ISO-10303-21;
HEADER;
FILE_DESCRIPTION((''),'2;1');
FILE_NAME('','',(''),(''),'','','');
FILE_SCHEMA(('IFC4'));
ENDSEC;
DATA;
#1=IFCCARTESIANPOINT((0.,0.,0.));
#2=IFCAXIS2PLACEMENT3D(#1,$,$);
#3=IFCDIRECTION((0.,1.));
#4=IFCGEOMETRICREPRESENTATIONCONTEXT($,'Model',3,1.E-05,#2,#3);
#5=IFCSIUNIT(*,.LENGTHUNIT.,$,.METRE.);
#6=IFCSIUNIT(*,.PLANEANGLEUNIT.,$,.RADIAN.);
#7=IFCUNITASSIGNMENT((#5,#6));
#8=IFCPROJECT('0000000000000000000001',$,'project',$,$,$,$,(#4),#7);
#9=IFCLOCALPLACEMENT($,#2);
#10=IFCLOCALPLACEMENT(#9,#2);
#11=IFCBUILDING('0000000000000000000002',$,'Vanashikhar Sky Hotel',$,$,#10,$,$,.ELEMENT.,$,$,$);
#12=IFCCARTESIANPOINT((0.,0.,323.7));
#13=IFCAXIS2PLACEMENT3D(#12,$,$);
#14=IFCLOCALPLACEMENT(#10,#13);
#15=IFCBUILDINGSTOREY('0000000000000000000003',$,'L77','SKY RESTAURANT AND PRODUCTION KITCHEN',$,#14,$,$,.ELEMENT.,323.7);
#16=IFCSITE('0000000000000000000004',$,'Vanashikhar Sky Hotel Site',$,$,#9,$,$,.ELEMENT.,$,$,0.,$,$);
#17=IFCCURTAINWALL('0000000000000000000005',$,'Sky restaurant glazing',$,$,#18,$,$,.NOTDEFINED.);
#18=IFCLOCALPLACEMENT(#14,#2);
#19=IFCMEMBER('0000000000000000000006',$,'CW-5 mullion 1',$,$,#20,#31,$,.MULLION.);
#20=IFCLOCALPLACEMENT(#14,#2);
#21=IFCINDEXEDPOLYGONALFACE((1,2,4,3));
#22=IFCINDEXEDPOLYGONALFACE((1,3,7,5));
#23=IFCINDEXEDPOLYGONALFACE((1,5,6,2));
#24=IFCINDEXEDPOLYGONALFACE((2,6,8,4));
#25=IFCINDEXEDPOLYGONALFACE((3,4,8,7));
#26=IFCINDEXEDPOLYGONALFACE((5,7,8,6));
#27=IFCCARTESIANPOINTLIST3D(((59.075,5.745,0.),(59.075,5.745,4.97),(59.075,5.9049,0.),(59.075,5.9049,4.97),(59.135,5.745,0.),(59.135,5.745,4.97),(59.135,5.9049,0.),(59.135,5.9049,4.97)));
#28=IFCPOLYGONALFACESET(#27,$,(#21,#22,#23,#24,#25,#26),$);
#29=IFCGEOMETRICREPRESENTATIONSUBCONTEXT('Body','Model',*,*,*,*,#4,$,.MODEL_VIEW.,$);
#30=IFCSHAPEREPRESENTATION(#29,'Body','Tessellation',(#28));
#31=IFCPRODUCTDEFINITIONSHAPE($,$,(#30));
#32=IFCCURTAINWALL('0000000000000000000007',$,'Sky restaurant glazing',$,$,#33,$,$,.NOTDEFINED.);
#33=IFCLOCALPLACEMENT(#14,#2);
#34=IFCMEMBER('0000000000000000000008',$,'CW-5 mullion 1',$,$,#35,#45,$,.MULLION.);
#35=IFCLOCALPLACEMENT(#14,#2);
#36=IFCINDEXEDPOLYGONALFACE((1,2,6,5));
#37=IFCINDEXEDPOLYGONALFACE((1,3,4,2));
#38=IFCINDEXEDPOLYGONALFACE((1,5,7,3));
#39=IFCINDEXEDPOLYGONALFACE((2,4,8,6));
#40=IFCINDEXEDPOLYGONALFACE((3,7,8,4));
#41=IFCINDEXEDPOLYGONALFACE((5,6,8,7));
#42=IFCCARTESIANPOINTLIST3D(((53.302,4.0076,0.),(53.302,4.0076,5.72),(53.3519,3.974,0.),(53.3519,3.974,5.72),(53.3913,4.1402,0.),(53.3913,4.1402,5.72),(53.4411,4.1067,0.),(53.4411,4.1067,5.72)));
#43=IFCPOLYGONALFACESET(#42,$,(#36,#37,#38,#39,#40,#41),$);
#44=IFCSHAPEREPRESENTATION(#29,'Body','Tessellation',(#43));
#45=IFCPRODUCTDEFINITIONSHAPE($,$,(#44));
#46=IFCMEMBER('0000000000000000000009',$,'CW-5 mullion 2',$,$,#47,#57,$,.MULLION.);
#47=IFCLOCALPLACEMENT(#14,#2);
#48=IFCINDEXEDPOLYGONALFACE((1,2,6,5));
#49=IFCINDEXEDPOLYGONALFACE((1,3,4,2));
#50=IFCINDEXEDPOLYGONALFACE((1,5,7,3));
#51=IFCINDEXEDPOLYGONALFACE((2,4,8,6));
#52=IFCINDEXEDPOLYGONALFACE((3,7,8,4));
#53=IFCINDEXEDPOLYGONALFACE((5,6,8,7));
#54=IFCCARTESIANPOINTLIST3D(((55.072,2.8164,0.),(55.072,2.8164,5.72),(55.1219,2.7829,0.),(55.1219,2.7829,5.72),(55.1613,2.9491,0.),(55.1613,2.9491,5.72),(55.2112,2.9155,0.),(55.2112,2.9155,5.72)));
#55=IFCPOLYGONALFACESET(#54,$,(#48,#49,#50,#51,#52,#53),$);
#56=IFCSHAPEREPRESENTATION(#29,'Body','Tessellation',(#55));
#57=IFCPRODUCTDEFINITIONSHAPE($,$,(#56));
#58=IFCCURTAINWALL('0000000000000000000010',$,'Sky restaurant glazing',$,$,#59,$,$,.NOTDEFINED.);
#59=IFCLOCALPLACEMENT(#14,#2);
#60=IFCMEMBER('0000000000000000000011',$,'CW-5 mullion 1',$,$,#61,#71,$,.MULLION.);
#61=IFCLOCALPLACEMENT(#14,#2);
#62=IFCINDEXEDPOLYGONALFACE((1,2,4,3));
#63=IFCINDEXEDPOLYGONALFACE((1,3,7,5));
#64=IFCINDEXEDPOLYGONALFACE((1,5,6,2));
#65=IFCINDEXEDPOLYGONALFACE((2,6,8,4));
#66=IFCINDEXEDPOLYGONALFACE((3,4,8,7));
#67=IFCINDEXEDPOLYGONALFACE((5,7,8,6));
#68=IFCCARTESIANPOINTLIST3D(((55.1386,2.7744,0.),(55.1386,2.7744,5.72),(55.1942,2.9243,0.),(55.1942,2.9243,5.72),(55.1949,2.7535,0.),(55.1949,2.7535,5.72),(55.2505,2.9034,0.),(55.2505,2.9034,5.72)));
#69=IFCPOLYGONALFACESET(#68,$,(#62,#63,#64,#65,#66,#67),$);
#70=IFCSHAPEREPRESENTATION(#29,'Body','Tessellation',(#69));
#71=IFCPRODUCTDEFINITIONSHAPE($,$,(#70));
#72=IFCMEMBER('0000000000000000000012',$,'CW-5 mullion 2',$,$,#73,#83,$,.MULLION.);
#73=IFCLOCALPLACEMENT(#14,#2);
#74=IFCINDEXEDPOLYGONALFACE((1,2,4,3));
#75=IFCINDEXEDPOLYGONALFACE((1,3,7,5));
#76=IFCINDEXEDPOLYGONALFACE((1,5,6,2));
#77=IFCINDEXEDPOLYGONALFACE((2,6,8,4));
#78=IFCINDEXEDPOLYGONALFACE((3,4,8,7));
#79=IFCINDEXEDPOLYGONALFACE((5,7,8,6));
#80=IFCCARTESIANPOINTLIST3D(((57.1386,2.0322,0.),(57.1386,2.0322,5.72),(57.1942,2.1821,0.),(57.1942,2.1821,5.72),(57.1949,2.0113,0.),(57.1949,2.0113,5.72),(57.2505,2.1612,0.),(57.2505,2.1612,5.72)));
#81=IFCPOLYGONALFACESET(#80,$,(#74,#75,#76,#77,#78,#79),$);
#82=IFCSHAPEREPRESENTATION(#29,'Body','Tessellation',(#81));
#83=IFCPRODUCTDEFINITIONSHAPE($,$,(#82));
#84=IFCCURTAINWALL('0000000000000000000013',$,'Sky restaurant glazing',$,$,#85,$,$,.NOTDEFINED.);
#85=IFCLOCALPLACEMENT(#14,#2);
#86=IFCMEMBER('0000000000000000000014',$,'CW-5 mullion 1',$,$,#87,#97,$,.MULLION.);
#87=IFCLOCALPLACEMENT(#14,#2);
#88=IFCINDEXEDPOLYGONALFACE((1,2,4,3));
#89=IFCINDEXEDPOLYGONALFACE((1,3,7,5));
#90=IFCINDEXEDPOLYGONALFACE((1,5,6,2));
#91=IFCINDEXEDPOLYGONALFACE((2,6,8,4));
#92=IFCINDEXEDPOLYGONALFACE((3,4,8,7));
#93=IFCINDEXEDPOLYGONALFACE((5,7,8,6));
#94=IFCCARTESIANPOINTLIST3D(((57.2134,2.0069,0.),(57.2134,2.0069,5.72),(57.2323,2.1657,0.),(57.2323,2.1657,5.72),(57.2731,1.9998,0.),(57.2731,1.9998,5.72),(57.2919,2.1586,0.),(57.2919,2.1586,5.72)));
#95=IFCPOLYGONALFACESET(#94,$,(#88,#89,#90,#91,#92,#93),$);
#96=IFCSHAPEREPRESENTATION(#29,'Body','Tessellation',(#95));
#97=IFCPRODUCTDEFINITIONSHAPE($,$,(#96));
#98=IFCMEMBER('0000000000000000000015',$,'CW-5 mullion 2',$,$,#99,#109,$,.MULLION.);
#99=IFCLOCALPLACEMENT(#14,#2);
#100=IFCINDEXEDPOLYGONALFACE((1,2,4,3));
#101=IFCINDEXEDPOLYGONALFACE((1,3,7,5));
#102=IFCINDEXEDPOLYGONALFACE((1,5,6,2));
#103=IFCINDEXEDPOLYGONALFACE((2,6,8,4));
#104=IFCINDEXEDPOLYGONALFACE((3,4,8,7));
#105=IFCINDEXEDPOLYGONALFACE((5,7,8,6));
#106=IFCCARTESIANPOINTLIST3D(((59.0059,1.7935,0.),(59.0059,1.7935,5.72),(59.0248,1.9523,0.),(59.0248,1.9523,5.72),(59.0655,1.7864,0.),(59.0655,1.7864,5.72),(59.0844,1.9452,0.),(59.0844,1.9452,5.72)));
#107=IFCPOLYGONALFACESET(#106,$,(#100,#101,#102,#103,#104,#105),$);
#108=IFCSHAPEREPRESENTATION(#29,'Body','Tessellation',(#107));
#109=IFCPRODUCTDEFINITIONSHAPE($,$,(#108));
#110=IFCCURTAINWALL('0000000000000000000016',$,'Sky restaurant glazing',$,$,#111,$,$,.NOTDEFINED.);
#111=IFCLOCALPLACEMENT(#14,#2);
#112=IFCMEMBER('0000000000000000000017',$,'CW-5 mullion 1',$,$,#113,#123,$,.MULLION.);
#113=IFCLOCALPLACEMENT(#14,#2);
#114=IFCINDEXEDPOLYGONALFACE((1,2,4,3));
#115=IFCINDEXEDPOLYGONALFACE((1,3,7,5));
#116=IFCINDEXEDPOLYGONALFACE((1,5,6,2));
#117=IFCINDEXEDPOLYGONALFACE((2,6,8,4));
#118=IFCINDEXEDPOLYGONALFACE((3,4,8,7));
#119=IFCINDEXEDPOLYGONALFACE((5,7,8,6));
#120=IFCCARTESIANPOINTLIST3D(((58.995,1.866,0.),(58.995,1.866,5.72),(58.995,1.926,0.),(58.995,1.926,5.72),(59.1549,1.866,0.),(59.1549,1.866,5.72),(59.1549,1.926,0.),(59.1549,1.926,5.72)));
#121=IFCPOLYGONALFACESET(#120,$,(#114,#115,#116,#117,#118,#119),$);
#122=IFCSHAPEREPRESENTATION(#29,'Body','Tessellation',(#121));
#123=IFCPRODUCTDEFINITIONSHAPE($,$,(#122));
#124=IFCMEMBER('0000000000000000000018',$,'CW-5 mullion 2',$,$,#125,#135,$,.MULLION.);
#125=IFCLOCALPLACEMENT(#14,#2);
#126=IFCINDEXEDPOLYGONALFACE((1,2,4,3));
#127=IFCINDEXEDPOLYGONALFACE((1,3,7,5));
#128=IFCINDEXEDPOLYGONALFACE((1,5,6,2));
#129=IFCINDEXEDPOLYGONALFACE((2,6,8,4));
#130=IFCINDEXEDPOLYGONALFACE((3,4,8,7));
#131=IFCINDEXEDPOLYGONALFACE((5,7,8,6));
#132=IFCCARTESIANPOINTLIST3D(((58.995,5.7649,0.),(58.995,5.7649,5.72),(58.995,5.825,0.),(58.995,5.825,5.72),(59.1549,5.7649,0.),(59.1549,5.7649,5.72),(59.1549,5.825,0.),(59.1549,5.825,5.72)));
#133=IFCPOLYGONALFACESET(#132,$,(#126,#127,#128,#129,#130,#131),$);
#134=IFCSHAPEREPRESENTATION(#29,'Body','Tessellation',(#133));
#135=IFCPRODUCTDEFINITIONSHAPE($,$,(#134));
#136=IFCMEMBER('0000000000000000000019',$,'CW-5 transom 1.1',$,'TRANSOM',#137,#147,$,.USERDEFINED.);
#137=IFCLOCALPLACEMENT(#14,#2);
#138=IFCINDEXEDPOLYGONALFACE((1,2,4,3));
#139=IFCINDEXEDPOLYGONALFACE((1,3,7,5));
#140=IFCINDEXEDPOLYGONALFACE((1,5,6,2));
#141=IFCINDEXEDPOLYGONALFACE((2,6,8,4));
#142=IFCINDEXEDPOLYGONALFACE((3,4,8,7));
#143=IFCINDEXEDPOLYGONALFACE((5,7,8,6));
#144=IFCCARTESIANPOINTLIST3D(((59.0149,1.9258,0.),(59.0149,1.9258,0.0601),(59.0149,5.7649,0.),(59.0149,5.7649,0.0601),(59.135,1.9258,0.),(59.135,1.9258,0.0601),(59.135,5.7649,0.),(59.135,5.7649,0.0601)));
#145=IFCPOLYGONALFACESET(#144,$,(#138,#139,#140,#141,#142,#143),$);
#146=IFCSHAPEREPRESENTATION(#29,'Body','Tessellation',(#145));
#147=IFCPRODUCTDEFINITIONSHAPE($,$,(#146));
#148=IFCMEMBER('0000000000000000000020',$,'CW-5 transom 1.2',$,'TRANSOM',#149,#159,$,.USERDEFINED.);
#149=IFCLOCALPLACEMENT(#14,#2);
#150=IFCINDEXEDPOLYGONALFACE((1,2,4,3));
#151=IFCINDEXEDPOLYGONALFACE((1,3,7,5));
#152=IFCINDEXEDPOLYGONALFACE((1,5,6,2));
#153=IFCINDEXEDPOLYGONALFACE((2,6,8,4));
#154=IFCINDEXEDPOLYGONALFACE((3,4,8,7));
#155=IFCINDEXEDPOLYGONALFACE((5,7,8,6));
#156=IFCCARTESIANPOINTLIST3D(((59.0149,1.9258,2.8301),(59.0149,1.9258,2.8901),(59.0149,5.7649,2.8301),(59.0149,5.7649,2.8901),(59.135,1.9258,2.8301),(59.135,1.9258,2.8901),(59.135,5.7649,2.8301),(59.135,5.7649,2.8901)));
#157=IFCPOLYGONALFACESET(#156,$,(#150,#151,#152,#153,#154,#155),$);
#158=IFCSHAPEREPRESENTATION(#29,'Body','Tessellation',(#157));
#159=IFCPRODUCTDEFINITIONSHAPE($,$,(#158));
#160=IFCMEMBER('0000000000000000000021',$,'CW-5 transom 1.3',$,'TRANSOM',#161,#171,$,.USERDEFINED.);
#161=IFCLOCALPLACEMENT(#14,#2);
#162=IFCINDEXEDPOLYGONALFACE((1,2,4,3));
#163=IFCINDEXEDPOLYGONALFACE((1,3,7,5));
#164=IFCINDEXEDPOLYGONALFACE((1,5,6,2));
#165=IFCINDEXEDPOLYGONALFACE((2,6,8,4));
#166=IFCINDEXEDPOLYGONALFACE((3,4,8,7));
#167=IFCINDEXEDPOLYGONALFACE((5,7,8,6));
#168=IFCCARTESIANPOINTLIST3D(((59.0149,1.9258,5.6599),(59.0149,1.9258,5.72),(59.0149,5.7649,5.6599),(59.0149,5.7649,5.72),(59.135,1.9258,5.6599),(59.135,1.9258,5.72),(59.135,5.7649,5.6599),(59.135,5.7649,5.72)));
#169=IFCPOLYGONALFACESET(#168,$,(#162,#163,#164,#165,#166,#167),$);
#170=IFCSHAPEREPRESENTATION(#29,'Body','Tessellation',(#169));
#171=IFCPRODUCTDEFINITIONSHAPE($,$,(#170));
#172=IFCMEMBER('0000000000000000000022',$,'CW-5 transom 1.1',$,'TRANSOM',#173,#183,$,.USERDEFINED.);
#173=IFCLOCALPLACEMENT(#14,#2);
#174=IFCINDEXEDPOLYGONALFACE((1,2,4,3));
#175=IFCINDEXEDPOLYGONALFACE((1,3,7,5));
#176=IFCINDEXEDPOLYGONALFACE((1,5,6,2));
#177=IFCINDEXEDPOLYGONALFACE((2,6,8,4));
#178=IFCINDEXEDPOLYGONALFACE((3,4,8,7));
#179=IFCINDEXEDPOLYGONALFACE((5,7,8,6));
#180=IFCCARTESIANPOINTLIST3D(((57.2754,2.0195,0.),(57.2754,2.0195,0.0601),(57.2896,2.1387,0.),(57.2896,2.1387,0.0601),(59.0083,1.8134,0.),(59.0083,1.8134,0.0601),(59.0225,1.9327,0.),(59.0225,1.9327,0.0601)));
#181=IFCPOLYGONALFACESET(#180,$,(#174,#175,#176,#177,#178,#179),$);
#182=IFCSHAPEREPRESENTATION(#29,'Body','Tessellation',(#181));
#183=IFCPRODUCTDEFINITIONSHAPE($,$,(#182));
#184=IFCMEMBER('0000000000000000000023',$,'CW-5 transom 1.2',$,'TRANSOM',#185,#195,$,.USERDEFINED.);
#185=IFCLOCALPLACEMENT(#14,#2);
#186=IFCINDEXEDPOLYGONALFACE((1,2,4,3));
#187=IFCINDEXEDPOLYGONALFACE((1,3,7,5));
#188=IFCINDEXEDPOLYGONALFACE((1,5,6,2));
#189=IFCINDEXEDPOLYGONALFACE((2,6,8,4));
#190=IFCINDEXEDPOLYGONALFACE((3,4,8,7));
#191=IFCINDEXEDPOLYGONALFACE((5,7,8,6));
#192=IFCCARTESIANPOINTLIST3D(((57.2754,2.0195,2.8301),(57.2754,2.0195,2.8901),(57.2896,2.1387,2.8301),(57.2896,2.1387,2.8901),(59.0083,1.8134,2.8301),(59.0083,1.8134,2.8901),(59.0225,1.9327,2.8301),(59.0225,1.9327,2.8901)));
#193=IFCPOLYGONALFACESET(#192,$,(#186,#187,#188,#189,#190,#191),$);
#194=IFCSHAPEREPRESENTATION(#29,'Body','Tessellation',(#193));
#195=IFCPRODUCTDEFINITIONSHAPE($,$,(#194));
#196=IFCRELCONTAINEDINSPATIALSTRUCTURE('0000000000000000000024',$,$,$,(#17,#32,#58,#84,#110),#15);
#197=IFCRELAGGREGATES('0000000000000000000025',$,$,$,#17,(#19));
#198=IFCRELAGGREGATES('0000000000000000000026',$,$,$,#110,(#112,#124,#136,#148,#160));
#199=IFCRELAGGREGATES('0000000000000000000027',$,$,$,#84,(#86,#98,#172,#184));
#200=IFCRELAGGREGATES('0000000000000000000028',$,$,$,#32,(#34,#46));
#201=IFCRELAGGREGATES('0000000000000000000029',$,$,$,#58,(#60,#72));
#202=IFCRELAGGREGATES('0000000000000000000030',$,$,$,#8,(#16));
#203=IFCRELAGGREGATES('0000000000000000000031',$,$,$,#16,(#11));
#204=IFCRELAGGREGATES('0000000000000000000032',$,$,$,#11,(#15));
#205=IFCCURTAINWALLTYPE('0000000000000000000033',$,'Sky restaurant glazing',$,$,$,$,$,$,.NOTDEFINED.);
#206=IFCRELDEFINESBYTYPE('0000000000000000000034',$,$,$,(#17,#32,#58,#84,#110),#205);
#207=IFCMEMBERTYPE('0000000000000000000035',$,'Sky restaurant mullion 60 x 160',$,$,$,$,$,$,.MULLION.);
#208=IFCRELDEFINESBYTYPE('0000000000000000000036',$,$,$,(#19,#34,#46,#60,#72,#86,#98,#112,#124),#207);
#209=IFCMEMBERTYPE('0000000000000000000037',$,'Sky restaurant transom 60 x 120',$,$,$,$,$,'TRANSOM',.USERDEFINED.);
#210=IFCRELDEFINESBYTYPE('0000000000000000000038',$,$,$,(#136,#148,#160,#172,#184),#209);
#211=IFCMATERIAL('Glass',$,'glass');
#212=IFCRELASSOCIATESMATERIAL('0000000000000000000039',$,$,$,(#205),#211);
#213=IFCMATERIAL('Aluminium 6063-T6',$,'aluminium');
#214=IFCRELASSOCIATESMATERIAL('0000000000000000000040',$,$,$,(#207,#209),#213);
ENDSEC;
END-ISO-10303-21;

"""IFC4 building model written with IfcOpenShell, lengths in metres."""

from ifc_helpers import new_model, si_unit, direction, frame, origin, origin_2d, place, context, subcontext, project, spatial, rectangle, extrude, source, transform, mapped, material, material_profile, profile_set, type_object, element, aggregate, save


model = new_model("IFC4")

# Units and contexts
model_context = context("Model", 3, precision=1e-05, world=origin(), true_north=direction((0.0, 1.0)))
body_context = subcontext(model_context, "Body", "Model", "MODEL_VIEW")
ifc_project = project(units=[si_unit("LENGTHUNIT", "METRE"), si_unit("PLANEANGLEUNIT", "RADIAN")], contexts=[model_context])

# Site, building, storey
site_placement = place(None, origin())
site = spatial("IfcSite", under=ifc_project, at=site_placement, Name="Vanashikhar Sky Hotel Site", CompositionType="ELEMENT", RefElevation=0.0)
building_placement = place(site_placement, origin())
building = spatial("IfcBuilding", under=site, at=building_placement, Name="Vanashikhar Sky Hotel", CompositionType="ELEMENT")
storey_placement = place(building_placement, frame((0.0, 0.0, 323.7)))
storey = spatial("IfcBuildingStorey", under=building, at=storey_placement, Name="L77", Description="SKY RESTAURANT AND PRODUCTION KITCHEN", CompositionType="ELEMENT", Elevation=323.7)

# Curtain wall, member
ifc_material_1 = material(Name="Glass", Category="glass")
curtain_wall_type = type_object("IfcCurtainWallType", Name="Sky restaurant glazing", PredefinedType="NOTDEFINED", material=ifc_material_1)
curtain_wall_1_placement = place(storey_placement, origin())
curtain_wall_1 = element("IfcCurtainWall", 1, at=curtain_wall_1_placement, inside=storey, type_object=curtain_wall_type, Name="Sky restaurant glazing", PredefinedType="NOTDEFINED")
ifc_material_2 = material(Name="Aluminium 6063-T6", Category="aluminium")
ifc_material_profile_1 = material_profile(ifc_material_2, rectangle(XDim=0.1599, YDim=0.0601, at=origin_2d()))
ifc_profile_set_1 = profile_set([ifc_material_profile_1], Name="Aluminium 6063-T6")
member_type_1 = type_object("IfcMemberType", Name="Sky restaurant mullion 60 x 160", PredefinedType="MULLION", material=ifc_profile_set_1)
shared_shape_1 = source(origin(), body_context, "Body", "SweptSolid", [
    extrude(rectangle(XDim=0.1599, YDim=0.0601, at=origin_2d()), origin(), (0.0, 0.0, 1.0), 4.97),
])
member_1_placement = place(storey_placement, frame((59.105, 5.825, 0.0), z_axis=(0.0, 0.0, 1.0), x_axis=(0.0, 1.0, 0.0)))
member_1 = element("IfcMember", 2, at=member_1_placement, type_object=member_type_1, Name="CW-5 mullion 1", PredefinedType="MULLION", context=body_context, shape_type="MappedRepresentation", body=[
    mapped(shared_shape_1, transform((0.0, 0.0, 0.0), scale=1.0)),
])
aggregate(curtain_wall_1, [member_1])

# Curtain walls, members
curtain_wall_2_placement = place(storey_placement, origin())
curtain_wall_2 = element("IfcCurtainWall", 3, at=curtain_wall_2_placement, inside=storey, type_object=curtain_wall_type, Name="Sky restaurant glazing", PredefinedType="NOTDEFINED")
shared_shape_2 = source(origin(), body_context, "Body", "SweptSolid", [
    extrude(rectangle(XDim=0.1599, YDim=0.0601, at=origin_2d()), origin(), (0.0, 0.0, 1.0), 5.72),
])
member_2_placement = place(storey_placement, frame((53.3716, 4.0571, 0.0), z_axis=(0.0, 0.0, 1.0), x_axis=(0.558356, 0.829602, 0.0)))
member_2 = element("IfcMember", 4, at=member_2_placement, type_object=member_type_1, Name="CW-5 mullion 1", PredefinedType="MULLION", context=body_context, shape_type="MappedRepresentation", body=[
    mapped(shared_shape_2, transform((0.0, 0.0, 0.0), scale=1.0)),
])
member_3_placement = place(storey_placement, frame((55.1416, 2.866, 0.0), z_axis=(0.0, 0.0, 1.0), x_axis=(0.558356, 0.829602, 0.0)))
member_3 = element("IfcMember", 5, at=member_3_placement, type_object=member_type_1, Name="CW-5 mullion 2", PredefinedType="MULLION", context=body_context, shape_type="MappedRepresentation", body=[
    mapped(shared_shape_2, transform((0.0, 0.0, 0.0), scale=1.0)),
])
curtain_wall_3_placement = place(storey_placement, origin())
curtain_wall_3 = element("IfcCurtainWall", 6, at=curtain_wall_3_placement, inside=storey, type_object=curtain_wall_type, Name="Sky restaurant glazing", PredefinedType="NOTDEFINED")
member_4_placement = place(storey_placement, frame((55.1946, 2.8389, 0.0), z_axis=(0.0, 0.0, 1.0), x_axis=(0.347864, 0.937545, 0.0)))
member_4 = element("IfcMember", 7, at=member_4_placement, type_object=member_type_1, Name="CW-5 mullion 1", PredefinedType="MULLION", context=body_context, shape_type="MappedRepresentation", body=[
    mapped(shared_shape_2, transform((0.0, 0.0, 0.0), scale=1.0)),
])
member_5_placement = place(storey_placement, frame((57.1946, 2.0967, 0.0), z_axis=(0.0, 0.0, 1.0), x_axis=(0.347864, 0.937545, 0.0)))
member_5 = element("IfcMember", 8, at=member_5_placement, type_object=member_type_1, Name="CW-5 mullion 2", PredefinedType="MULLION", context=body_context, shape_type="MappedRepresentation", body=[
    mapped(shared_shape_2, transform((0.0, 0.0, 0.0), scale=1.0)),
])
curtain_wall_4_placement = place(storey_placement, origin())
curtain_wall_4 = element("IfcCurtainWall", 9, at=curtain_wall_4_placement, inside=storey, type_object=curtain_wall_type, Name="Sky restaurant glazing", PredefinedType="NOTDEFINED")
member_6_placement = place(storey_placement, frame((57.2527, 2.0828, 0.0), z_axis=(0.0, 0.0, 1.0), x_axis=(0.118107, 0.993001, 0.0)))
member_6 = element("IfcMember", 10, at=member_6_placement, type_object=member_type_1, Name="CW-5 mullion 1", PredefinedType="MULLION", context=body_context, shape_type="MappedRepresentation", body=[
    mapped(shared_shape_2, transform((0.0, 0.0, 0.0), scale=1.0)),
])
member_7_placement = place(storey_placement, frame((59.0452, 1.8694, 0.0), z_axis=(0.0, 0.0, 1.0), x_axis=(0.118107, 0.993001, 0.0)))
member_7 = element("IfcMember", 11, at=member_7_placement, type_object=member_type_1, Name="CW-5 mullion 2", PredefinedType="MULLION", context=body_context, shape_type="MappedRepresentation", body=[
    mapped(shared_shape_2, transform((0.0, 0.0, 0.0), scale=1.0)),
])
curtain_wall_5_placement = place(storey_placement, origin())
curtain_wall_5 = element("IfcCurtainWall", 12, at=curtain_wall_5_placement, inside=storey, type_object=curtain_wall_type, Name="Sky restaurant glazing", PredefinedType="NOTDEFINED")
member_8_placement = place(storey_placement, frame((59.075, 1.896, 0.0), z_axis=(0.0, 0.0, 1.0), x_axis=(-1.0, 0.0, 0.0)))
member_8 = element("IfcMember", 13, at=member_8_placement, type_object=member_type_1, Name="CW-5 mullion 1", PredefinedType="MULLION", context=body_context, shape_type="MappedRepresentation", body=[
    mapped(shared_shape_2, transform((0.0, 0.0, 0.0), scale=1.0)),
])
member_9_placement = place(storey_placement, frame((59.075, 5.7949, 0.0), z_axis=(0.0, 0.0, 1.0), x_axis=(-1.0, 0.0, 0.0)))
member_9 = element("IfcMember", 14, at=member_9_placement, type_object=member_type_1, Name="CW-5 mullion 2", PredefinedType="MULLION", context=body_context, shape_type="MappedRepresentation", body=[
    mapped(shared_shape_2, transform((0.0, 0.0, 0.0), scale=1.0)),
])
ifc_material_profile_2 = material_profile(ifc_material_2, rectangle(XDim=0.1201, YDim=0.0601, at=origin_2d()))
ifc_profile_set_2 = profile_set([ifc_material_profile_2], Name="Aluminium 6063-T6")
member_type_2 = type_object("IfcMemberType", Name="Sky restaurant transom 60 x 120", ElementType="TRANSOM", PredefinedType="USERDEFINED", material=ifc_profile_set_2)
shared_shape_3 = source(origin(), body_context, "Body", "SweptSolid", [
    extrude(rectangle(XDim=0.1201, YDim=0.0601, at=origin_2d()), origin(), (0.0, 0.0, 1.0), 3.8391),
])
member_10_placement = place(storey_placement, frame((59.075, 1.9258, 0.03), z_axis=(0.0, 1.0, 0.0), x_axis=(-1.0, 0.0, 0.0)))
member_10 = element("IfcMember", 15, at=member_10_placement, type_object=member_type_2, Name="CW-5 transom 1.1", ObjectType="TRANSOM", PredefinedType="USERDEFINED", context=body_context, shape_type="MappedRepresentation", body=[
    mapped(shared_shape_3, transform((0.0, 0.0, 0.0), scale=1.0)),
])
member_11_placement = place(storey_placement, frame((59.075, 1.9258, 2.8601), z_axis=(0.0, 1.0, 0.0), x_axis=(-1.0, 0.0, 0.0)))
member_11 = element("IfcMember", 16, at=member_11_placement, type_object=member_type_2, Name="CW-5 transom 1.2", ObjectType="TRANSOM", PredefinedType="USERDEFINED", context=body_context, shape_type="MappedRepresentation", body=[
    mapped(shared_shape_3, transform((0.0, 0.0, 0.0), scale=1.0)),
])
member_12_placement = place(storey_placement, frame((59.075, 1.9258, 5.6899), z_axis=(0.0, 1.0, 0.0), x_axis=(-1.0, 0.0, 0.0)))
member_12 = element("IfcMember", 17, at=member_12_placement, type_object=member_type_2, Name="CW-5 transom 1.3", ObjectType="TRANSOM", PredefinedType="USERDEFINED", context=body_context, shape_type="MappedRepresentation", body=[
    mapped(shared_shape_3, transform((0.0, 0.0, 0.0), scale=1.0)),
])

# Members
shared_shape_4 = source(origin(), body_context, "Body", "SweptSolid", [
    extrude(rectangle(XDim=0.1201, YDim=0.0601, at=origin_2d()), origin(), (0.0, 0.0, 1.0), 1.7451),
])
member_13_placement = place(storey_placement, frame((57.2825, 2.0791, 0.03), z_axis=(0.993005, -0.118075, 0.0), x_axis=(0.118075, 0.993005, 0.0)))
member_13 = element("IfcMember", 18, at=member_13_placement, type_object=member_type_2, Name="CW-5 transom 1.1", ObjectType="TRANSOM", PredefinedType="USERDEFINED", context=body_context, shape_type="MappedRepresentation", body=[
    mapped(shared_shape_4, transform((0.0, 0.0, 0.0), scale=1.0)),
])
member_14_placement = place(storey_placement, frame((57.2825, 2.0791, 2.8601), z_axis=(0.993005, -0.118075, 0.0), x_axis=(0.118075, 0.993005, 0.0)))
member_14 = element("IfcMember", 19, at=member_14_placement, type_object=member_type_2, Name="CW-5 transom 1.2", ObjectType="TRANSOM", PredefinedType="USERDEFINED", context=body_context, shape_type="MappedRepresentation", body=[
    mapped(shared_shape_4, transform((0.0, 0.0, 0.0), scale=1.0)),
])

aggregate(curtain_wall_5, [member_8, member_9, member_10, member_11, member_12])
aggregate(curtain_wall_4, [member_6, member_7, member_13, member_14])
aggregate(curtain_wall_2, [member_2, member_3])
aggregate(curtain_wall_3, [member_4, member_5])

save(model, "model.ifc")
